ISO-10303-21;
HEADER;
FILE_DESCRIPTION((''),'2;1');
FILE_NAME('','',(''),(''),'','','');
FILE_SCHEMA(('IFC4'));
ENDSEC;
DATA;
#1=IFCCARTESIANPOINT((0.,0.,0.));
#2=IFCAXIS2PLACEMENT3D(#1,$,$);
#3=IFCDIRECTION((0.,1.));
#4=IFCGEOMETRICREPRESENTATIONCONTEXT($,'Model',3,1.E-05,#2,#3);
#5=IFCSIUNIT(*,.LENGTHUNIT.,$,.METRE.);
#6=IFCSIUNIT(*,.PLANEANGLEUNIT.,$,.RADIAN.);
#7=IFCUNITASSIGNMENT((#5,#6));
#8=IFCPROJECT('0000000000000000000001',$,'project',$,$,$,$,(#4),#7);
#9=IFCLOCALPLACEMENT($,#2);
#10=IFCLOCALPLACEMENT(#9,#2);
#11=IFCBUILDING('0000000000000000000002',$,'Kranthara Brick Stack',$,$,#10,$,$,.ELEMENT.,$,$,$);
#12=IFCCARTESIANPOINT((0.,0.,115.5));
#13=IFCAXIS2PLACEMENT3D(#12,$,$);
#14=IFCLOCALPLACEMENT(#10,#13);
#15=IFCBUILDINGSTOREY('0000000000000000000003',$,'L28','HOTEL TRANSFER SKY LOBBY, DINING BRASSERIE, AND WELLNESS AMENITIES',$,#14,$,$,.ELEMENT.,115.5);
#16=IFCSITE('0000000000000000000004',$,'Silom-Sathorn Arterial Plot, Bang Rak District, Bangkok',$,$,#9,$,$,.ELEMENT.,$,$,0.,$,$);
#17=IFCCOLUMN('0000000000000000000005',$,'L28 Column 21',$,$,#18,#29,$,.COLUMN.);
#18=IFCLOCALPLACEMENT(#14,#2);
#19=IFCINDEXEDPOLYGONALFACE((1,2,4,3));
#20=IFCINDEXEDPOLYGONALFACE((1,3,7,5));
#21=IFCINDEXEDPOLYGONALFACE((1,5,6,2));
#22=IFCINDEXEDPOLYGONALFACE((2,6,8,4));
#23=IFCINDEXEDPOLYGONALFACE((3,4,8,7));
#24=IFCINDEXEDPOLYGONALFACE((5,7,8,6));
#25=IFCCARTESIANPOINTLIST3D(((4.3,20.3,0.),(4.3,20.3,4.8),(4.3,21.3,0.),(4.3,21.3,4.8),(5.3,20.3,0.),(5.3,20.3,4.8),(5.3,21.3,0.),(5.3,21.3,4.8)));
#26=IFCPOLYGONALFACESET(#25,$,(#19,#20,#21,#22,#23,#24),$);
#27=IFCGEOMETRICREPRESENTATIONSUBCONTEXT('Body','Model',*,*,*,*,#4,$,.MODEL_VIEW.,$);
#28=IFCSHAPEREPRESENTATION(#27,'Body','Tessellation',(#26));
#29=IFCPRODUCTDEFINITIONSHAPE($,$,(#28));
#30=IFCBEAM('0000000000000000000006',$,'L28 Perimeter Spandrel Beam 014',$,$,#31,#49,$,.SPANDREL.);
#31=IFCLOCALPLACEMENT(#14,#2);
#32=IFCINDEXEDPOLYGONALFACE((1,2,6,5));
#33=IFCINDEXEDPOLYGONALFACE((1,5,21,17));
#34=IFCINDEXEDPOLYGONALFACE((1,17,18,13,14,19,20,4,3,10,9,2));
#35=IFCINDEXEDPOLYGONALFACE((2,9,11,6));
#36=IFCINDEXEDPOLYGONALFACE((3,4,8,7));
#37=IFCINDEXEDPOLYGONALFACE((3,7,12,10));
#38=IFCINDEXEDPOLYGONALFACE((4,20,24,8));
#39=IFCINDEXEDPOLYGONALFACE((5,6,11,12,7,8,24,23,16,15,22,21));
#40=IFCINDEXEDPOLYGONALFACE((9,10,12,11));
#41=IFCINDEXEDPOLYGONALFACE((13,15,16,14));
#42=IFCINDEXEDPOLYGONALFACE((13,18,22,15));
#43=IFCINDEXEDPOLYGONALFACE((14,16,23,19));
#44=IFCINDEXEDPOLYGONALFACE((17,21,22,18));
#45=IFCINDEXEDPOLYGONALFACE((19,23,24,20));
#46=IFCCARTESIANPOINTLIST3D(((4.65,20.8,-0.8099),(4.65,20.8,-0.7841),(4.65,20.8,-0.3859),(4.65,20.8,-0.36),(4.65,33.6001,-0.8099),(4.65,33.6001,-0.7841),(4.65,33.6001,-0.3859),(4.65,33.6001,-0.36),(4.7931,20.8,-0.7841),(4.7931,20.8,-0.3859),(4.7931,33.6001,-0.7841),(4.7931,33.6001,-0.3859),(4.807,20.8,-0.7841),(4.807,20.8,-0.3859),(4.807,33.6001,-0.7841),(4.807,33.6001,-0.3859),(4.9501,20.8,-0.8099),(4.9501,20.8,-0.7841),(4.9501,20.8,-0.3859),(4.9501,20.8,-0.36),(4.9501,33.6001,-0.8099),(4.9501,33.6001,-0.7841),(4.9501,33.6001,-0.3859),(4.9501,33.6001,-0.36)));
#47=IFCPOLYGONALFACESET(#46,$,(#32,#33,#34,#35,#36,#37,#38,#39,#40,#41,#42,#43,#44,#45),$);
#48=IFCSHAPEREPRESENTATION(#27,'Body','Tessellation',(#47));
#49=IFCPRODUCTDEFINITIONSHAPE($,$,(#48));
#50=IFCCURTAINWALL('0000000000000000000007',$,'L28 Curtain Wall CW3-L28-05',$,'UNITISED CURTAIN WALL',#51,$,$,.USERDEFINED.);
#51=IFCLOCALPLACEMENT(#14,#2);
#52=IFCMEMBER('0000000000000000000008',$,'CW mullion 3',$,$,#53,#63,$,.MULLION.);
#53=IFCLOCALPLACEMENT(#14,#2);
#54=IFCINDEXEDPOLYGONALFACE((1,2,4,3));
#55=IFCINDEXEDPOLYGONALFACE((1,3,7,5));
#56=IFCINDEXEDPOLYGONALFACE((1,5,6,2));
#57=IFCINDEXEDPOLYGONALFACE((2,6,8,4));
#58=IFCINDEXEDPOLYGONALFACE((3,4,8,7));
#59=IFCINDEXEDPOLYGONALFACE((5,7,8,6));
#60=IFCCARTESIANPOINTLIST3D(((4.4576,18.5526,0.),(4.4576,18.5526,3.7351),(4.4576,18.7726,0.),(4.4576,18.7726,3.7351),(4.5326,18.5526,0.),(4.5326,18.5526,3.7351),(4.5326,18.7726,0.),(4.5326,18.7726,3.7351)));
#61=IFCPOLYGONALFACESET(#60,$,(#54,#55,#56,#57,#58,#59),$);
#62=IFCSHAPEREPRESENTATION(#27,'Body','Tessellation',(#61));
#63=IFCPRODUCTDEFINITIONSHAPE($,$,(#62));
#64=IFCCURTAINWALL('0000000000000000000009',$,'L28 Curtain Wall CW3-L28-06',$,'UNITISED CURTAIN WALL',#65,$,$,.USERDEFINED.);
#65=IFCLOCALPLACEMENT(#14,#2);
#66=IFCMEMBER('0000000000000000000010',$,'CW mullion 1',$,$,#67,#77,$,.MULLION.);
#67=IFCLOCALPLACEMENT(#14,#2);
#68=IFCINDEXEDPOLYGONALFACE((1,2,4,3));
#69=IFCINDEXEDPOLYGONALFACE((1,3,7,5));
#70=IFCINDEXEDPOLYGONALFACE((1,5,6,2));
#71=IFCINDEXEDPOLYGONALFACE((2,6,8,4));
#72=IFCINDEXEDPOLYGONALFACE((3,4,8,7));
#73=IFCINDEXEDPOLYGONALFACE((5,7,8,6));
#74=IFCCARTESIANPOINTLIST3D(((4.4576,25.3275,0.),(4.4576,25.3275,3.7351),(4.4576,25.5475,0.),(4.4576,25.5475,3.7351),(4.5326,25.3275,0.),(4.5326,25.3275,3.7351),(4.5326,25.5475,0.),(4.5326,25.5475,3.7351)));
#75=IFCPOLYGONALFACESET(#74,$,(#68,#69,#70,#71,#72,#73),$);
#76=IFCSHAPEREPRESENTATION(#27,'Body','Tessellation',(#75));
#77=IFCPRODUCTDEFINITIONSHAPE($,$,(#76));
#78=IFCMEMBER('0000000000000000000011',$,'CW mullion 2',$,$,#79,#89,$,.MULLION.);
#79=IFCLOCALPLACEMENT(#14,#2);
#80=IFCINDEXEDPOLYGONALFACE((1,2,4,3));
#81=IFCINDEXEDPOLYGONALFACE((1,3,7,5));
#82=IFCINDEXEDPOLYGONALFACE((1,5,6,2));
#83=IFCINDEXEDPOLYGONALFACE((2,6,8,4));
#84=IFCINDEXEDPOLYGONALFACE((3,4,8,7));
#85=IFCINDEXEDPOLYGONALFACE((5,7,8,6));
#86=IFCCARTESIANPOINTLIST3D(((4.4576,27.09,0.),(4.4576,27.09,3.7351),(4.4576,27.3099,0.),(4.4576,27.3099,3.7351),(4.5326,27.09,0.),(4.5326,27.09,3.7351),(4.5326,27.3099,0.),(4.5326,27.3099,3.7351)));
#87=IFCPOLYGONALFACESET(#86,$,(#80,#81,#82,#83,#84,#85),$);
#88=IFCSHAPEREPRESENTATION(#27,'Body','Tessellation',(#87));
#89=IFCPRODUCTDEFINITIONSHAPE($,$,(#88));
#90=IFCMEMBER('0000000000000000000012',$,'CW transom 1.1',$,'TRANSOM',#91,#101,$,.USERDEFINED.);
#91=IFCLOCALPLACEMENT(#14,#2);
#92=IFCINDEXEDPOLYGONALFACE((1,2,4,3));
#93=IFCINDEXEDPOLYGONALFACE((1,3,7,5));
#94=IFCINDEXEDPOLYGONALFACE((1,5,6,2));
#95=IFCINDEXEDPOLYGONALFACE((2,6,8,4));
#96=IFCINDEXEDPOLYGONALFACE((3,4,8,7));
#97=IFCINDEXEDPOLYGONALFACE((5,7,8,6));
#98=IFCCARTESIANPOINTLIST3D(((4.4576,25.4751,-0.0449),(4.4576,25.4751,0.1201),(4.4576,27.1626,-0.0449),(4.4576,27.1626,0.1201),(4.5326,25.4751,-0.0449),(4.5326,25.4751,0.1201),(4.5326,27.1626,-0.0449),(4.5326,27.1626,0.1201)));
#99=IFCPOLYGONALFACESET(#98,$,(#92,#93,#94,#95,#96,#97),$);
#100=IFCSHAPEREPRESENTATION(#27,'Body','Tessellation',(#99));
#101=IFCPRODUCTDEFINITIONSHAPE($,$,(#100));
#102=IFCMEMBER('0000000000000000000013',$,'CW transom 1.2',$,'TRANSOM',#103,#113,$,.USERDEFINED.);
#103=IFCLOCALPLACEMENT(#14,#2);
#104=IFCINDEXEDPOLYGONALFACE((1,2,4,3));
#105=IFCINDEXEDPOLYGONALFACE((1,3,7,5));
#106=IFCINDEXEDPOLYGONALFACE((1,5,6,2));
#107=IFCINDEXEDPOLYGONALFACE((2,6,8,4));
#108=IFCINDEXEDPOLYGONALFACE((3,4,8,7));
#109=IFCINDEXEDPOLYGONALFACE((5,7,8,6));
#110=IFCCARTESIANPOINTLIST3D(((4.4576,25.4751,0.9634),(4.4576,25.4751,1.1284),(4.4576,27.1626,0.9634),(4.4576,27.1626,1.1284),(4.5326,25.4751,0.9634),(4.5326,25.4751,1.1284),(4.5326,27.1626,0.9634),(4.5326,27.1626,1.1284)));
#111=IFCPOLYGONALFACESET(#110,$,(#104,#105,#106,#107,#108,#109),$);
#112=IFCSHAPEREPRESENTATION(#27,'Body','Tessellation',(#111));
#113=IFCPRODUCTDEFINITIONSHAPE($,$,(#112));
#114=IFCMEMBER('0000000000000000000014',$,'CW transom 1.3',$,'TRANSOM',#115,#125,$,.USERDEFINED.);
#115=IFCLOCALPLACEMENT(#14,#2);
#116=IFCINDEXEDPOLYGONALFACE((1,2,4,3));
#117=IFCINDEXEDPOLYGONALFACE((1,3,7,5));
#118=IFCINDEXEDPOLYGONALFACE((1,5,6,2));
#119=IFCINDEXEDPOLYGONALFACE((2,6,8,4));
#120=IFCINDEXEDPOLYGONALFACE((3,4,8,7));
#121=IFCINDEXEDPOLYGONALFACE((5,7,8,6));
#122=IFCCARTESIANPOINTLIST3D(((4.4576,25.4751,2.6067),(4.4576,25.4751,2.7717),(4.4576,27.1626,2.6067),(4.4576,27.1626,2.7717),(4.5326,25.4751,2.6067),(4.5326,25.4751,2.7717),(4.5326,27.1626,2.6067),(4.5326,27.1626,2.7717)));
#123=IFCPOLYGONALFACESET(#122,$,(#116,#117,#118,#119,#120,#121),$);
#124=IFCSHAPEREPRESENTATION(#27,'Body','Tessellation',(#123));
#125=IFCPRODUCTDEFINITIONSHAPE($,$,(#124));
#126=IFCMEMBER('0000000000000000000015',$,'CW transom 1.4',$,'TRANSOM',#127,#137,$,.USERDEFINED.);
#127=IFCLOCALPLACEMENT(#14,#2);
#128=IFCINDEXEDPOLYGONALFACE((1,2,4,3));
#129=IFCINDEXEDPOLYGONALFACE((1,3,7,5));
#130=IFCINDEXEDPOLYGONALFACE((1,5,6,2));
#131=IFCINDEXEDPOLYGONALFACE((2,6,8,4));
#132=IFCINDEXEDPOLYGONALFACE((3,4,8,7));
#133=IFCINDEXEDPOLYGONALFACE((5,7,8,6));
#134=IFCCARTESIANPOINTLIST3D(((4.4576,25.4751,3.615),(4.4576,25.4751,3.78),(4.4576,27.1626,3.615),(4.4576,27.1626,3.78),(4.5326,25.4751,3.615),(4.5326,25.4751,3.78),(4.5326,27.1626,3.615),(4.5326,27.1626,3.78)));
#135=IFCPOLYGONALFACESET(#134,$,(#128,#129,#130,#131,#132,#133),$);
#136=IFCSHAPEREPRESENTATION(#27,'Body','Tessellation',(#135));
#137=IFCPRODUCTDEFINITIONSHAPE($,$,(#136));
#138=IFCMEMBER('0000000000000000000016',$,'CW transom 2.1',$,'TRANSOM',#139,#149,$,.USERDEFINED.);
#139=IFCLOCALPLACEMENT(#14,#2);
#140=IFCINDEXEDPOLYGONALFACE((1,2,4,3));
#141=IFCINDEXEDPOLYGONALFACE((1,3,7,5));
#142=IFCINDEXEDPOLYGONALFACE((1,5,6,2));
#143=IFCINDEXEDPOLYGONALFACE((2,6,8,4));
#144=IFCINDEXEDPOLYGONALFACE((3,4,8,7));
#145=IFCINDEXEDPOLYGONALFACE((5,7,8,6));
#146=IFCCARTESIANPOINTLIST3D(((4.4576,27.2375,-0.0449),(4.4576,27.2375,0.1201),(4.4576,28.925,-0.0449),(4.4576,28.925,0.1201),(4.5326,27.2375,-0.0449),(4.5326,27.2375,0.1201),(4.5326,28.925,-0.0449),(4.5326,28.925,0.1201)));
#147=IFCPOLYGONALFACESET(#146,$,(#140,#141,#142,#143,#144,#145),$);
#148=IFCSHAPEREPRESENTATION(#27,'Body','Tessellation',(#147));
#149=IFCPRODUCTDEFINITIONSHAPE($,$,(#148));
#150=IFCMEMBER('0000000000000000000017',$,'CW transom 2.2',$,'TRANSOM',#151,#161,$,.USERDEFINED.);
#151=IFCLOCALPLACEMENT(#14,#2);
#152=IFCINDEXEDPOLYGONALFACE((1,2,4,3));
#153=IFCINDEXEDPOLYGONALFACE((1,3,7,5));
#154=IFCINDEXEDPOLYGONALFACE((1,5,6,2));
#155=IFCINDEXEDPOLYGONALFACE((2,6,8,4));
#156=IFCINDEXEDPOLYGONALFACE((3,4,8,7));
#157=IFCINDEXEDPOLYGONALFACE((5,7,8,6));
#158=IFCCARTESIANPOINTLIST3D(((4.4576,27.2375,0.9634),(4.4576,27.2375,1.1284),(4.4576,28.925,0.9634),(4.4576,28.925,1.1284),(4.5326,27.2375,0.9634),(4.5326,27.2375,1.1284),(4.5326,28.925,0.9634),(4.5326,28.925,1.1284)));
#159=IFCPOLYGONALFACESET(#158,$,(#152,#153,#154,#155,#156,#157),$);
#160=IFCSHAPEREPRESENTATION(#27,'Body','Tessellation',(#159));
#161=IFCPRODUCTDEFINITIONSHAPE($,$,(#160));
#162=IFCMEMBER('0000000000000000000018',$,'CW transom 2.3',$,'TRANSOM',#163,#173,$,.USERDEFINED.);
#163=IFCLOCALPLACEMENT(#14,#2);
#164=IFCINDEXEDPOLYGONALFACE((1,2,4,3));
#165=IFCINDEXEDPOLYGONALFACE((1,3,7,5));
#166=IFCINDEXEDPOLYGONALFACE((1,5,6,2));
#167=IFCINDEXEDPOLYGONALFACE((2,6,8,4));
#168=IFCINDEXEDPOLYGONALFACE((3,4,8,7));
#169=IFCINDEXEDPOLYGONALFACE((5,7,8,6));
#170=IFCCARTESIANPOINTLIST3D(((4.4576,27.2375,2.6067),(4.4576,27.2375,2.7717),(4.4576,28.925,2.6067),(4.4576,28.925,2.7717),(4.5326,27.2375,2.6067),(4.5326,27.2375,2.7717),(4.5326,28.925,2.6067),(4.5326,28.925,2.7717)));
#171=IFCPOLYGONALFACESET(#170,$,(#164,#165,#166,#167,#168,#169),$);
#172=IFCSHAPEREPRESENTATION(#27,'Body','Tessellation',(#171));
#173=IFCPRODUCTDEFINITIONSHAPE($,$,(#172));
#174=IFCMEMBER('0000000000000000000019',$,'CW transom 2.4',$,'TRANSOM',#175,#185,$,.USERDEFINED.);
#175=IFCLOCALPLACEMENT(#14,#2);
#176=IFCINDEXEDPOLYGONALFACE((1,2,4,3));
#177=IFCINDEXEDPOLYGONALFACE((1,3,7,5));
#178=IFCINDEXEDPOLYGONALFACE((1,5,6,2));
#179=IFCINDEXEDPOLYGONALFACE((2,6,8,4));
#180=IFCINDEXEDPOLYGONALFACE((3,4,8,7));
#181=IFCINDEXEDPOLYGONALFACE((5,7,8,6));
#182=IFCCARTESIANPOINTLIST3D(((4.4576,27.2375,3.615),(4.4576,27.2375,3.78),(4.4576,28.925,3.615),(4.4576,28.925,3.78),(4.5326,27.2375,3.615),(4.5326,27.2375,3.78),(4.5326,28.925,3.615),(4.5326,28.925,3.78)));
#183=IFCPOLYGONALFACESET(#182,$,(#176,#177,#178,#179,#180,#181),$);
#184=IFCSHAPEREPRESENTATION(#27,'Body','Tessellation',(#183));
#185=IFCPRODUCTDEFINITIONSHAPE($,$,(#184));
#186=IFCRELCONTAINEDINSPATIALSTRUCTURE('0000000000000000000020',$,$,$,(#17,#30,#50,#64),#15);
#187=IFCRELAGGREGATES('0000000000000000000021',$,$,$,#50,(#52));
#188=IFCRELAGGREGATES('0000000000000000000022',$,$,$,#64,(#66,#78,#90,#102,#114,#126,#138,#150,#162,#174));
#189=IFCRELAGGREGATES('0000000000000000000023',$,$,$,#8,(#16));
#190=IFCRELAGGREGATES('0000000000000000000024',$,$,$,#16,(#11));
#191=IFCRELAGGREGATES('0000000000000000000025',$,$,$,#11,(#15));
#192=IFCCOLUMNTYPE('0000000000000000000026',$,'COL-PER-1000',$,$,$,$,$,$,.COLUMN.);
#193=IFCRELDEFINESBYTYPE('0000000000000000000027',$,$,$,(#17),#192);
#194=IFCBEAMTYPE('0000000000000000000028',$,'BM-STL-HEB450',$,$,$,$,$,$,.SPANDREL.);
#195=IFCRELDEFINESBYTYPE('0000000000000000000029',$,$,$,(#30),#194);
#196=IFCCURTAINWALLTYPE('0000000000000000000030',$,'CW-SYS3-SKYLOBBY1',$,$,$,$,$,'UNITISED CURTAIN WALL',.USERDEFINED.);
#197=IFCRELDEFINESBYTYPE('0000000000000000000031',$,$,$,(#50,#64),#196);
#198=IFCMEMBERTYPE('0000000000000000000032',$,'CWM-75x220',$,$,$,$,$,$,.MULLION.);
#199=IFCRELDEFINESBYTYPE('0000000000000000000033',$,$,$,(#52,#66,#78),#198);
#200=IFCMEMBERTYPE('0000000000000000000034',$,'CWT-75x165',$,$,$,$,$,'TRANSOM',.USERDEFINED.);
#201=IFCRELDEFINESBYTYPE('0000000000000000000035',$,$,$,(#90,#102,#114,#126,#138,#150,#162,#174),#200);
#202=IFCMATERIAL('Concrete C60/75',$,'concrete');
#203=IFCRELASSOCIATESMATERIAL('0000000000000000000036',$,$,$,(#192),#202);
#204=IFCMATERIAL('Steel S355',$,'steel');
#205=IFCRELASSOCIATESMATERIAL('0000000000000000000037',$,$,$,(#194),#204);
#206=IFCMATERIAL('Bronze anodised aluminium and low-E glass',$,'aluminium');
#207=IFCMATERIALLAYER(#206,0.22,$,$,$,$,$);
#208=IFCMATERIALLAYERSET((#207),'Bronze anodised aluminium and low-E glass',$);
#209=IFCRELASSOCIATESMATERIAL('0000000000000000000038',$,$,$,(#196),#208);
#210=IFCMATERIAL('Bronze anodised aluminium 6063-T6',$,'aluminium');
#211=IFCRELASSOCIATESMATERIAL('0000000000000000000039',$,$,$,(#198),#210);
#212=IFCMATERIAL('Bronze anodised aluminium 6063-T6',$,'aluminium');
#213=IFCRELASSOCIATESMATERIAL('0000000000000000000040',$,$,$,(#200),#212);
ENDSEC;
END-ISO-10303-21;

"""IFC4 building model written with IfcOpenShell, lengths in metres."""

from ifc_helpers import new_model, si_unit, direction, frame, origin, origin_2d, place, context, subcontext, project, spatial, rectangle, i_section, extrude, material, layer, layer_set, material_profile, profile_set, type_object, element, aggregate, save


model = new_model("IFC4")

# Units and contexts
model_context = context("Model", 3, precision=1e-05, world=origin(), true_north=direction((0.0, 1.0)))
body_context = subcontext(model_context, "Body", "Model", "MODEL_VIEW")
ifc_project = project(units=[si_unit("LENGTHUNIT", "METRE"), si_unit("PLANEANGLEUNIT", "RADIAN")], contexts=[model_context])

# Site, building, storey
site_placement = place(None, origin())
site = spatial("IfcSite", under=ifc_project, at=site_placement, Name="Silom-Sathorn Arterial Plot, Bang Rak District, Bangkok", CompositionType="ELEMENT", RefElevation=0.0)
building_placement = place(site_placement, origin())
building = spatial("IfcBuilding", under=site, at=building_placement, Name="Kranthara Brick Stack", CompositionType="ELEMENT")
storey_placement = place(building_placement, frame((0.0, 0.0, 115.5)))
storey = spatial("IfcBuildingStorey", under=building, at=storey_placement, Name="L28", Description="HOTEL TRANSFER SKY LOBBY, DINING BRASSERIE, AND WELLNESS AMENITIES", CompositionType="ELEMENT", Elevation=115.5)

# Column
ifc_material_1 = material(Name="Concrete C60/75", Category="concrete")
ifc_material_profile_1 = material_profile(ifc_material_1, rectangle(XDim=1.0, YDim=1.0, at=origin_2d()), Name="RC 1000x1000")
ifc_profile_set_1 = profile_set([ifc_material_profile_1], Name="Concrete C60/75")
column_type = type_object("IfcColumnType", Name="COL-PER-1000", PredefinedType="COLUMN", material=ifc_profile_set_1)
column_placement = place(storey_placement, frame((4.8, 20.8, 0.0), z_axis=(0.0, 0.0, 1.0), x_axis=(1.0, 0.0, 0.0)))
element("IfcColumn", 1, at=column_placement, inside=storey, type_object=column_type, Name="L28 Column 21", PredefinedType="COLUMN", context=body_context, shape_type="SweptSolid", body=[
    extrude(rectangle(XDim=1.0, YDim=1.0, at=origin_2d()), origin(), (0.0, 0.0, 1.0), 4.8),
])

# Beam
ifc_material_2 = material(Name="Steel S355", Category="steel")
ifc_material_profile_2 = material_profile(ifc_material_2, i_section(OverallWidth=0.3, OverallDepth=0.45, WebThickness=0.0139, FlangeThickness=0.0259, at=origin_2d()), Name="HEB 450")
ifc_profile_set_2 = profile_set([ifc_material_profile_2], Name="Steel S355")
beam_type = type_object("IfcBeamType", Name="BM-STL-HEB450", PredefinedType="SPANDREL", material=ifc_profile_set_2)
beam_placement = place(storey_placement, frame((4.8, 20.8, -0.585), z_axis=(0.0, 1.0, 0.0), x_axis=(-1.0, 0.0, 0.0)))
element("IfcBeam", 2, at=beam_placement, inside=storey, type_object=beam_type, Name="L28 Perimeter Spandrel Beam 014", PredefinedType="SPANDREL", context=body_context, shape_type="SweptSolid", body=[
    extrude(i_section(OverallWidth=0.3, OverallDepth=0.45, WebThickness=0.0139, FlangeThickness=0.0259, at=origin_2d()), origin(), (0.0, 0.0, 1.0), 12.8),
])

# Curtain wall, member
ifc_material_3 = material(Name="Bronze anodised aluminium and low-E glass", Category="aluminium")
ifc_layer_1 = layer(ifc_material_3, 0.22)
ifc_layer_set_1 = layer_set([ifc_layer_1], Name="Bronze anodised aluminium and low-E glass")
curtain_wall_type = type_object("IfcCurtainWallType", Name="CW-SYS3-SKYLOBBY1", ElementType="UNITISED CURTAIN WALL", PredefinedType="USERDEFINED", material=ifc_layer_set_1)
curtain_wall_1_placement = place(storey_placement, origin())
curtain_wall_1 = element("IfcCurtainWall", 3, at=curtain_wall_1_placement, inside=storey, type_object=curtain_wall_type, Name="L28 Curtain Wall CW3-L28-05", ObjectType="UNITISED CURTAIN WALL", PredefinedType="USERDEFINED")
ifc_material_4 = material(Name="Bronze anodised aluminium 6063-T6", Category="aluminium")
ifc_material_profile_3 = material_profile(ifc_material_4, rectangle(XDim=0.075, YDim=0.22, at=origin_2d()), Name="ALU MULLION 75x220")
ifc_profile_set_3 = profile_set([ifc_material_profile_3], Name="Bronze anodised aluminium 6063-T6")
member_type_1 = type_object("IfcMemberType", Name="CWM-75x220", PredefinedType="MULLION", material=ifc_profile_set_3)
member_1_placement = place(storey_placement, frame((4.4951, 18.6626, 0.0), z_axis=(0.0, 0.0, 1.0), x_axis=(-1.0, 0.0, 0.0)))
member_1 = element("IfcMember", 4, at=member_1_placement, type_object=member_type_1, Name="CW mullion 3", PredefinedType="MULLION", context=body_context, shape_type="SweptSolid", body=[
    extrude(rectangle(XDim=0.075, YDim=0.22, at=origin_2d()), origin(), (0.0, 0.0, 1.0), 3.7351),
])
aggregate(curtain_wall_1, [member_1])

# Curtain wall, members
curtain_wall_2_placement = place(storey_placement, origin())
curtain_wall_2 = element("IfcCurtainWall", 5, at=curtain_wall_2_placement, inside=storey, type_object=curtain_wall_type, Name="L28 Curtain Wall CW3-L28-06", ObjectType="UNITISED CURTAIN WALL", PredefinedType="USERDEFINED")
member_2_placement = place(storey_placement, frame((4.4951, 25.4375, 0.0), z_axis=(0.0, 0.0, 1.0), x_axis=(-1.0, 0.0, 0.0)))
member_2 = element("IfcMember", 6, at=member_2_placement, type_object=member_type_1, Name="CW mullion 1", PredefinedType="MULLION", context=body_context, shape_type="SweptSolid", body=[
    extrude(rectangle(XDim=0.075, YDim=0.22, at=origin_2d()), origin(), (0.0, 0.0, 1.0), 3.7351),
])
member_3_placement = place(storey_placement, frame((4.4951, 27.2, 0.0), z_axis=(0.0, 0.0, 1.0), x_axis=(-1.0, 0.0, 0.0)))
member_3 = element("IfcMember", 7, at=member_3_placement, type_object=member_type_1, Name="CW mullion 2", PredefinedType="MULLION", context=body_context, shape_type="SweptSolid", body=[
    extrude(rectangle(XDim=0.075, YDim=0.22, at=origin_2d()), origin(), (0.0, 0.0, 1.0), 3.7351),
])
ifc_material_5 = material(Name="Bronze anodised aluminium 6063-T6", Category="aluminium")
ifc_material_profile_4 = material_profile(ifc_material_5, rectangle(XDim=0.075, YDim=0.165, at=origin_2d()), Name="ALU TRANSOM 75x165")
ifc_profile_set_4 = profile_set([ifc_material_profile_4], Name="Bronze anodised aluminium 6063-T6")
member_type_2 = type_object("IfcMemberType", Name="CWT-75x165", ElementType="TRANSOM", PredefinedType="USERDEFINED", material=ifc_profile_set_4)
member_4_placement = place(storey_placement, frame((4.4951, 25.4751, 0.0376), z_axis=(0.0, 1.0, 0.0), x_axis=(-1.0, 0.0, 0.0)))
member_4 = element("IfcMember", 8, at=member_4_placement, type_object=member_type_2, Name="CW transom 1.1", ObjectType="TRANSOM", PredefinedType="USERDEFINED", context=body_context, shape_type="SweptSolid", body=[
    extrude(rectangle(XDim=0.075, YDim=0.165, at=origin_2d()), origin(), (0.0, 0.0, 1.0), 1.6875),
])
member_5_placement = place(storey_placement, frame((4.4951, 25.4751, 1.0459), z_axis=(0.0, 1.0, 0.0), x_axis=(-1.0, 0.0, 0.0)))
member_5 = element("IfcMember", 9, at=member_5_placement, type_object=member_type_2, Name="CW transom 1.2", ObjectType="TRANSOM", PredefinedType="USERDEFINED", context=body_context, shape_type="SweptSolid", body=[
    extrude(rectangle(XDim=0.075, YDim=0.165, at=origin_2d()), origin(), (0.0, 0.0, 1.0), 1.6875),
])
member_6_placement = place(storey_placement, frame((4.4951, 25.4751, 2.6892), z_axis=(0.0, 1.0, 0.0), x_axis=(-1.0, 0.0, 0.0)))
member_6 = element("IfcMember", 10, at=member_6_placement, type_object=member_type_2, Name="CW transom 1.3", ObjectType="TRANSOM", PredefinedType="USERDEFINED", context=body_context, shape_type="SweptSolid", body=[
    extrude(rectangle(XDim=0.075, YDim=0.165, at=origin_2d()), origin(), (0.0, 0.0, 1.0), 1.6875),
])
member_7_placement = place(storey_placement, frame((4.4951, 25.4751, 3.6975), z_axis=(0.0, 1.0, 0.0), x_axis=(-1.0, 0.0, 0.0)))
member_7 = element("IfcMember", 11, at=member_7_placement, type_object=member_type_2, Name="CW transom 1.4", ObjectType="TRANSOM", PredefinedType="USERDEFINED", context=body_context, shape_type="SweptSolid", body=[
    extrude(rectangle(XDim=0.075, YDim=0.165, at=origin_2d()), origin(), (0.0, 0.0, 1.0), 1.6875),
])
member_8_placement = place(storey_placement, frame((4.4951, 27.2375, 0.0376), z_axis=(0.0, 1.0, 0.0), x_axis=(-1.0, 0.0, 0.0)))
member_8 = element("IfcMember", 12, at=member_8_placement, type_object=member_type_2, Name="CW transom 2.1", ObjectType="TRANSOM", PredefinedType="USERDEFINED", context=body_context, shape_type="SweptSolid", body=[
    extrude(rectangle(XDim=0.075, YDim=0.165, at=origin_2d()), origin(), (0.0, 0.0, 1.0), 1.6875),
])
member_9_placement = place(storey_placement, frame((4.4951, 27.2375, 1.0459), z_axis=(0.0, 1.0, 0.0), x_axis=(-1.0, 0.0, 0.0)))
member_9 = element("IfcMember", 13, at=member_9_placement, type_object=member_type_2, Name="CW transom 2.2", ObjectType="TRANSOM", PredefinedType="USERDEFINED", context=body_context, shape_type="SweptSolid", body=[
    extrude(rectangle(XDim=0.075, YDim=0.165, at=origin_2d()), origin(), (0.0, 0.0, 1.0), 1.6875),
])
member_10_placement = place(storey_placement, frame((4.4951, 27.2375, 2.6892), z_axis=(0.0, 1.0, 0.0), x_axis=(-1.0, 0.0, 0.0)))
member_10 = element("IfcMember", 14, at=member_10_placement, type_object=member_type_2, Name="CW transom 2.3", ObjectType="TRANSOM", PredefinedType="USERDEFINED", context=body_context, shape_type="SweptSolid", body=[
    extrude(rectangle(XDim=0.075, YDim=0.165, at=origin_2d()), origin(), (0.0, 0.0, 1.0), 1.6875),
])
member_11_placement = place(storey_placement, frame((4.4951, 27.2375, 3.6975), z_axis=(0.0, 1.0, 0.0), x_axis=(-1.0, 0.0, 0.0)))
member_11 = element("IfcMember", 15, at=member_11_placement, type_object=member_type_2, Name="CW transom 2.4", ObjectType="TRANSOM", PredefinedType="USERDEFINED", context=body_context, shape_type="SweptSolid", body=[
    extrude(rectangle(XDim=0.075, YDim=0.165, at=origin_2d()), origin(), (0.0, 0.0, 1.0), 1.6875),
])
aggregate(curtain_wall_2, [member_2, member_3, member_4, member_5, member_6, member_7, member_8, member_9, member_10, member_11])

save(model, "model.ifc")
